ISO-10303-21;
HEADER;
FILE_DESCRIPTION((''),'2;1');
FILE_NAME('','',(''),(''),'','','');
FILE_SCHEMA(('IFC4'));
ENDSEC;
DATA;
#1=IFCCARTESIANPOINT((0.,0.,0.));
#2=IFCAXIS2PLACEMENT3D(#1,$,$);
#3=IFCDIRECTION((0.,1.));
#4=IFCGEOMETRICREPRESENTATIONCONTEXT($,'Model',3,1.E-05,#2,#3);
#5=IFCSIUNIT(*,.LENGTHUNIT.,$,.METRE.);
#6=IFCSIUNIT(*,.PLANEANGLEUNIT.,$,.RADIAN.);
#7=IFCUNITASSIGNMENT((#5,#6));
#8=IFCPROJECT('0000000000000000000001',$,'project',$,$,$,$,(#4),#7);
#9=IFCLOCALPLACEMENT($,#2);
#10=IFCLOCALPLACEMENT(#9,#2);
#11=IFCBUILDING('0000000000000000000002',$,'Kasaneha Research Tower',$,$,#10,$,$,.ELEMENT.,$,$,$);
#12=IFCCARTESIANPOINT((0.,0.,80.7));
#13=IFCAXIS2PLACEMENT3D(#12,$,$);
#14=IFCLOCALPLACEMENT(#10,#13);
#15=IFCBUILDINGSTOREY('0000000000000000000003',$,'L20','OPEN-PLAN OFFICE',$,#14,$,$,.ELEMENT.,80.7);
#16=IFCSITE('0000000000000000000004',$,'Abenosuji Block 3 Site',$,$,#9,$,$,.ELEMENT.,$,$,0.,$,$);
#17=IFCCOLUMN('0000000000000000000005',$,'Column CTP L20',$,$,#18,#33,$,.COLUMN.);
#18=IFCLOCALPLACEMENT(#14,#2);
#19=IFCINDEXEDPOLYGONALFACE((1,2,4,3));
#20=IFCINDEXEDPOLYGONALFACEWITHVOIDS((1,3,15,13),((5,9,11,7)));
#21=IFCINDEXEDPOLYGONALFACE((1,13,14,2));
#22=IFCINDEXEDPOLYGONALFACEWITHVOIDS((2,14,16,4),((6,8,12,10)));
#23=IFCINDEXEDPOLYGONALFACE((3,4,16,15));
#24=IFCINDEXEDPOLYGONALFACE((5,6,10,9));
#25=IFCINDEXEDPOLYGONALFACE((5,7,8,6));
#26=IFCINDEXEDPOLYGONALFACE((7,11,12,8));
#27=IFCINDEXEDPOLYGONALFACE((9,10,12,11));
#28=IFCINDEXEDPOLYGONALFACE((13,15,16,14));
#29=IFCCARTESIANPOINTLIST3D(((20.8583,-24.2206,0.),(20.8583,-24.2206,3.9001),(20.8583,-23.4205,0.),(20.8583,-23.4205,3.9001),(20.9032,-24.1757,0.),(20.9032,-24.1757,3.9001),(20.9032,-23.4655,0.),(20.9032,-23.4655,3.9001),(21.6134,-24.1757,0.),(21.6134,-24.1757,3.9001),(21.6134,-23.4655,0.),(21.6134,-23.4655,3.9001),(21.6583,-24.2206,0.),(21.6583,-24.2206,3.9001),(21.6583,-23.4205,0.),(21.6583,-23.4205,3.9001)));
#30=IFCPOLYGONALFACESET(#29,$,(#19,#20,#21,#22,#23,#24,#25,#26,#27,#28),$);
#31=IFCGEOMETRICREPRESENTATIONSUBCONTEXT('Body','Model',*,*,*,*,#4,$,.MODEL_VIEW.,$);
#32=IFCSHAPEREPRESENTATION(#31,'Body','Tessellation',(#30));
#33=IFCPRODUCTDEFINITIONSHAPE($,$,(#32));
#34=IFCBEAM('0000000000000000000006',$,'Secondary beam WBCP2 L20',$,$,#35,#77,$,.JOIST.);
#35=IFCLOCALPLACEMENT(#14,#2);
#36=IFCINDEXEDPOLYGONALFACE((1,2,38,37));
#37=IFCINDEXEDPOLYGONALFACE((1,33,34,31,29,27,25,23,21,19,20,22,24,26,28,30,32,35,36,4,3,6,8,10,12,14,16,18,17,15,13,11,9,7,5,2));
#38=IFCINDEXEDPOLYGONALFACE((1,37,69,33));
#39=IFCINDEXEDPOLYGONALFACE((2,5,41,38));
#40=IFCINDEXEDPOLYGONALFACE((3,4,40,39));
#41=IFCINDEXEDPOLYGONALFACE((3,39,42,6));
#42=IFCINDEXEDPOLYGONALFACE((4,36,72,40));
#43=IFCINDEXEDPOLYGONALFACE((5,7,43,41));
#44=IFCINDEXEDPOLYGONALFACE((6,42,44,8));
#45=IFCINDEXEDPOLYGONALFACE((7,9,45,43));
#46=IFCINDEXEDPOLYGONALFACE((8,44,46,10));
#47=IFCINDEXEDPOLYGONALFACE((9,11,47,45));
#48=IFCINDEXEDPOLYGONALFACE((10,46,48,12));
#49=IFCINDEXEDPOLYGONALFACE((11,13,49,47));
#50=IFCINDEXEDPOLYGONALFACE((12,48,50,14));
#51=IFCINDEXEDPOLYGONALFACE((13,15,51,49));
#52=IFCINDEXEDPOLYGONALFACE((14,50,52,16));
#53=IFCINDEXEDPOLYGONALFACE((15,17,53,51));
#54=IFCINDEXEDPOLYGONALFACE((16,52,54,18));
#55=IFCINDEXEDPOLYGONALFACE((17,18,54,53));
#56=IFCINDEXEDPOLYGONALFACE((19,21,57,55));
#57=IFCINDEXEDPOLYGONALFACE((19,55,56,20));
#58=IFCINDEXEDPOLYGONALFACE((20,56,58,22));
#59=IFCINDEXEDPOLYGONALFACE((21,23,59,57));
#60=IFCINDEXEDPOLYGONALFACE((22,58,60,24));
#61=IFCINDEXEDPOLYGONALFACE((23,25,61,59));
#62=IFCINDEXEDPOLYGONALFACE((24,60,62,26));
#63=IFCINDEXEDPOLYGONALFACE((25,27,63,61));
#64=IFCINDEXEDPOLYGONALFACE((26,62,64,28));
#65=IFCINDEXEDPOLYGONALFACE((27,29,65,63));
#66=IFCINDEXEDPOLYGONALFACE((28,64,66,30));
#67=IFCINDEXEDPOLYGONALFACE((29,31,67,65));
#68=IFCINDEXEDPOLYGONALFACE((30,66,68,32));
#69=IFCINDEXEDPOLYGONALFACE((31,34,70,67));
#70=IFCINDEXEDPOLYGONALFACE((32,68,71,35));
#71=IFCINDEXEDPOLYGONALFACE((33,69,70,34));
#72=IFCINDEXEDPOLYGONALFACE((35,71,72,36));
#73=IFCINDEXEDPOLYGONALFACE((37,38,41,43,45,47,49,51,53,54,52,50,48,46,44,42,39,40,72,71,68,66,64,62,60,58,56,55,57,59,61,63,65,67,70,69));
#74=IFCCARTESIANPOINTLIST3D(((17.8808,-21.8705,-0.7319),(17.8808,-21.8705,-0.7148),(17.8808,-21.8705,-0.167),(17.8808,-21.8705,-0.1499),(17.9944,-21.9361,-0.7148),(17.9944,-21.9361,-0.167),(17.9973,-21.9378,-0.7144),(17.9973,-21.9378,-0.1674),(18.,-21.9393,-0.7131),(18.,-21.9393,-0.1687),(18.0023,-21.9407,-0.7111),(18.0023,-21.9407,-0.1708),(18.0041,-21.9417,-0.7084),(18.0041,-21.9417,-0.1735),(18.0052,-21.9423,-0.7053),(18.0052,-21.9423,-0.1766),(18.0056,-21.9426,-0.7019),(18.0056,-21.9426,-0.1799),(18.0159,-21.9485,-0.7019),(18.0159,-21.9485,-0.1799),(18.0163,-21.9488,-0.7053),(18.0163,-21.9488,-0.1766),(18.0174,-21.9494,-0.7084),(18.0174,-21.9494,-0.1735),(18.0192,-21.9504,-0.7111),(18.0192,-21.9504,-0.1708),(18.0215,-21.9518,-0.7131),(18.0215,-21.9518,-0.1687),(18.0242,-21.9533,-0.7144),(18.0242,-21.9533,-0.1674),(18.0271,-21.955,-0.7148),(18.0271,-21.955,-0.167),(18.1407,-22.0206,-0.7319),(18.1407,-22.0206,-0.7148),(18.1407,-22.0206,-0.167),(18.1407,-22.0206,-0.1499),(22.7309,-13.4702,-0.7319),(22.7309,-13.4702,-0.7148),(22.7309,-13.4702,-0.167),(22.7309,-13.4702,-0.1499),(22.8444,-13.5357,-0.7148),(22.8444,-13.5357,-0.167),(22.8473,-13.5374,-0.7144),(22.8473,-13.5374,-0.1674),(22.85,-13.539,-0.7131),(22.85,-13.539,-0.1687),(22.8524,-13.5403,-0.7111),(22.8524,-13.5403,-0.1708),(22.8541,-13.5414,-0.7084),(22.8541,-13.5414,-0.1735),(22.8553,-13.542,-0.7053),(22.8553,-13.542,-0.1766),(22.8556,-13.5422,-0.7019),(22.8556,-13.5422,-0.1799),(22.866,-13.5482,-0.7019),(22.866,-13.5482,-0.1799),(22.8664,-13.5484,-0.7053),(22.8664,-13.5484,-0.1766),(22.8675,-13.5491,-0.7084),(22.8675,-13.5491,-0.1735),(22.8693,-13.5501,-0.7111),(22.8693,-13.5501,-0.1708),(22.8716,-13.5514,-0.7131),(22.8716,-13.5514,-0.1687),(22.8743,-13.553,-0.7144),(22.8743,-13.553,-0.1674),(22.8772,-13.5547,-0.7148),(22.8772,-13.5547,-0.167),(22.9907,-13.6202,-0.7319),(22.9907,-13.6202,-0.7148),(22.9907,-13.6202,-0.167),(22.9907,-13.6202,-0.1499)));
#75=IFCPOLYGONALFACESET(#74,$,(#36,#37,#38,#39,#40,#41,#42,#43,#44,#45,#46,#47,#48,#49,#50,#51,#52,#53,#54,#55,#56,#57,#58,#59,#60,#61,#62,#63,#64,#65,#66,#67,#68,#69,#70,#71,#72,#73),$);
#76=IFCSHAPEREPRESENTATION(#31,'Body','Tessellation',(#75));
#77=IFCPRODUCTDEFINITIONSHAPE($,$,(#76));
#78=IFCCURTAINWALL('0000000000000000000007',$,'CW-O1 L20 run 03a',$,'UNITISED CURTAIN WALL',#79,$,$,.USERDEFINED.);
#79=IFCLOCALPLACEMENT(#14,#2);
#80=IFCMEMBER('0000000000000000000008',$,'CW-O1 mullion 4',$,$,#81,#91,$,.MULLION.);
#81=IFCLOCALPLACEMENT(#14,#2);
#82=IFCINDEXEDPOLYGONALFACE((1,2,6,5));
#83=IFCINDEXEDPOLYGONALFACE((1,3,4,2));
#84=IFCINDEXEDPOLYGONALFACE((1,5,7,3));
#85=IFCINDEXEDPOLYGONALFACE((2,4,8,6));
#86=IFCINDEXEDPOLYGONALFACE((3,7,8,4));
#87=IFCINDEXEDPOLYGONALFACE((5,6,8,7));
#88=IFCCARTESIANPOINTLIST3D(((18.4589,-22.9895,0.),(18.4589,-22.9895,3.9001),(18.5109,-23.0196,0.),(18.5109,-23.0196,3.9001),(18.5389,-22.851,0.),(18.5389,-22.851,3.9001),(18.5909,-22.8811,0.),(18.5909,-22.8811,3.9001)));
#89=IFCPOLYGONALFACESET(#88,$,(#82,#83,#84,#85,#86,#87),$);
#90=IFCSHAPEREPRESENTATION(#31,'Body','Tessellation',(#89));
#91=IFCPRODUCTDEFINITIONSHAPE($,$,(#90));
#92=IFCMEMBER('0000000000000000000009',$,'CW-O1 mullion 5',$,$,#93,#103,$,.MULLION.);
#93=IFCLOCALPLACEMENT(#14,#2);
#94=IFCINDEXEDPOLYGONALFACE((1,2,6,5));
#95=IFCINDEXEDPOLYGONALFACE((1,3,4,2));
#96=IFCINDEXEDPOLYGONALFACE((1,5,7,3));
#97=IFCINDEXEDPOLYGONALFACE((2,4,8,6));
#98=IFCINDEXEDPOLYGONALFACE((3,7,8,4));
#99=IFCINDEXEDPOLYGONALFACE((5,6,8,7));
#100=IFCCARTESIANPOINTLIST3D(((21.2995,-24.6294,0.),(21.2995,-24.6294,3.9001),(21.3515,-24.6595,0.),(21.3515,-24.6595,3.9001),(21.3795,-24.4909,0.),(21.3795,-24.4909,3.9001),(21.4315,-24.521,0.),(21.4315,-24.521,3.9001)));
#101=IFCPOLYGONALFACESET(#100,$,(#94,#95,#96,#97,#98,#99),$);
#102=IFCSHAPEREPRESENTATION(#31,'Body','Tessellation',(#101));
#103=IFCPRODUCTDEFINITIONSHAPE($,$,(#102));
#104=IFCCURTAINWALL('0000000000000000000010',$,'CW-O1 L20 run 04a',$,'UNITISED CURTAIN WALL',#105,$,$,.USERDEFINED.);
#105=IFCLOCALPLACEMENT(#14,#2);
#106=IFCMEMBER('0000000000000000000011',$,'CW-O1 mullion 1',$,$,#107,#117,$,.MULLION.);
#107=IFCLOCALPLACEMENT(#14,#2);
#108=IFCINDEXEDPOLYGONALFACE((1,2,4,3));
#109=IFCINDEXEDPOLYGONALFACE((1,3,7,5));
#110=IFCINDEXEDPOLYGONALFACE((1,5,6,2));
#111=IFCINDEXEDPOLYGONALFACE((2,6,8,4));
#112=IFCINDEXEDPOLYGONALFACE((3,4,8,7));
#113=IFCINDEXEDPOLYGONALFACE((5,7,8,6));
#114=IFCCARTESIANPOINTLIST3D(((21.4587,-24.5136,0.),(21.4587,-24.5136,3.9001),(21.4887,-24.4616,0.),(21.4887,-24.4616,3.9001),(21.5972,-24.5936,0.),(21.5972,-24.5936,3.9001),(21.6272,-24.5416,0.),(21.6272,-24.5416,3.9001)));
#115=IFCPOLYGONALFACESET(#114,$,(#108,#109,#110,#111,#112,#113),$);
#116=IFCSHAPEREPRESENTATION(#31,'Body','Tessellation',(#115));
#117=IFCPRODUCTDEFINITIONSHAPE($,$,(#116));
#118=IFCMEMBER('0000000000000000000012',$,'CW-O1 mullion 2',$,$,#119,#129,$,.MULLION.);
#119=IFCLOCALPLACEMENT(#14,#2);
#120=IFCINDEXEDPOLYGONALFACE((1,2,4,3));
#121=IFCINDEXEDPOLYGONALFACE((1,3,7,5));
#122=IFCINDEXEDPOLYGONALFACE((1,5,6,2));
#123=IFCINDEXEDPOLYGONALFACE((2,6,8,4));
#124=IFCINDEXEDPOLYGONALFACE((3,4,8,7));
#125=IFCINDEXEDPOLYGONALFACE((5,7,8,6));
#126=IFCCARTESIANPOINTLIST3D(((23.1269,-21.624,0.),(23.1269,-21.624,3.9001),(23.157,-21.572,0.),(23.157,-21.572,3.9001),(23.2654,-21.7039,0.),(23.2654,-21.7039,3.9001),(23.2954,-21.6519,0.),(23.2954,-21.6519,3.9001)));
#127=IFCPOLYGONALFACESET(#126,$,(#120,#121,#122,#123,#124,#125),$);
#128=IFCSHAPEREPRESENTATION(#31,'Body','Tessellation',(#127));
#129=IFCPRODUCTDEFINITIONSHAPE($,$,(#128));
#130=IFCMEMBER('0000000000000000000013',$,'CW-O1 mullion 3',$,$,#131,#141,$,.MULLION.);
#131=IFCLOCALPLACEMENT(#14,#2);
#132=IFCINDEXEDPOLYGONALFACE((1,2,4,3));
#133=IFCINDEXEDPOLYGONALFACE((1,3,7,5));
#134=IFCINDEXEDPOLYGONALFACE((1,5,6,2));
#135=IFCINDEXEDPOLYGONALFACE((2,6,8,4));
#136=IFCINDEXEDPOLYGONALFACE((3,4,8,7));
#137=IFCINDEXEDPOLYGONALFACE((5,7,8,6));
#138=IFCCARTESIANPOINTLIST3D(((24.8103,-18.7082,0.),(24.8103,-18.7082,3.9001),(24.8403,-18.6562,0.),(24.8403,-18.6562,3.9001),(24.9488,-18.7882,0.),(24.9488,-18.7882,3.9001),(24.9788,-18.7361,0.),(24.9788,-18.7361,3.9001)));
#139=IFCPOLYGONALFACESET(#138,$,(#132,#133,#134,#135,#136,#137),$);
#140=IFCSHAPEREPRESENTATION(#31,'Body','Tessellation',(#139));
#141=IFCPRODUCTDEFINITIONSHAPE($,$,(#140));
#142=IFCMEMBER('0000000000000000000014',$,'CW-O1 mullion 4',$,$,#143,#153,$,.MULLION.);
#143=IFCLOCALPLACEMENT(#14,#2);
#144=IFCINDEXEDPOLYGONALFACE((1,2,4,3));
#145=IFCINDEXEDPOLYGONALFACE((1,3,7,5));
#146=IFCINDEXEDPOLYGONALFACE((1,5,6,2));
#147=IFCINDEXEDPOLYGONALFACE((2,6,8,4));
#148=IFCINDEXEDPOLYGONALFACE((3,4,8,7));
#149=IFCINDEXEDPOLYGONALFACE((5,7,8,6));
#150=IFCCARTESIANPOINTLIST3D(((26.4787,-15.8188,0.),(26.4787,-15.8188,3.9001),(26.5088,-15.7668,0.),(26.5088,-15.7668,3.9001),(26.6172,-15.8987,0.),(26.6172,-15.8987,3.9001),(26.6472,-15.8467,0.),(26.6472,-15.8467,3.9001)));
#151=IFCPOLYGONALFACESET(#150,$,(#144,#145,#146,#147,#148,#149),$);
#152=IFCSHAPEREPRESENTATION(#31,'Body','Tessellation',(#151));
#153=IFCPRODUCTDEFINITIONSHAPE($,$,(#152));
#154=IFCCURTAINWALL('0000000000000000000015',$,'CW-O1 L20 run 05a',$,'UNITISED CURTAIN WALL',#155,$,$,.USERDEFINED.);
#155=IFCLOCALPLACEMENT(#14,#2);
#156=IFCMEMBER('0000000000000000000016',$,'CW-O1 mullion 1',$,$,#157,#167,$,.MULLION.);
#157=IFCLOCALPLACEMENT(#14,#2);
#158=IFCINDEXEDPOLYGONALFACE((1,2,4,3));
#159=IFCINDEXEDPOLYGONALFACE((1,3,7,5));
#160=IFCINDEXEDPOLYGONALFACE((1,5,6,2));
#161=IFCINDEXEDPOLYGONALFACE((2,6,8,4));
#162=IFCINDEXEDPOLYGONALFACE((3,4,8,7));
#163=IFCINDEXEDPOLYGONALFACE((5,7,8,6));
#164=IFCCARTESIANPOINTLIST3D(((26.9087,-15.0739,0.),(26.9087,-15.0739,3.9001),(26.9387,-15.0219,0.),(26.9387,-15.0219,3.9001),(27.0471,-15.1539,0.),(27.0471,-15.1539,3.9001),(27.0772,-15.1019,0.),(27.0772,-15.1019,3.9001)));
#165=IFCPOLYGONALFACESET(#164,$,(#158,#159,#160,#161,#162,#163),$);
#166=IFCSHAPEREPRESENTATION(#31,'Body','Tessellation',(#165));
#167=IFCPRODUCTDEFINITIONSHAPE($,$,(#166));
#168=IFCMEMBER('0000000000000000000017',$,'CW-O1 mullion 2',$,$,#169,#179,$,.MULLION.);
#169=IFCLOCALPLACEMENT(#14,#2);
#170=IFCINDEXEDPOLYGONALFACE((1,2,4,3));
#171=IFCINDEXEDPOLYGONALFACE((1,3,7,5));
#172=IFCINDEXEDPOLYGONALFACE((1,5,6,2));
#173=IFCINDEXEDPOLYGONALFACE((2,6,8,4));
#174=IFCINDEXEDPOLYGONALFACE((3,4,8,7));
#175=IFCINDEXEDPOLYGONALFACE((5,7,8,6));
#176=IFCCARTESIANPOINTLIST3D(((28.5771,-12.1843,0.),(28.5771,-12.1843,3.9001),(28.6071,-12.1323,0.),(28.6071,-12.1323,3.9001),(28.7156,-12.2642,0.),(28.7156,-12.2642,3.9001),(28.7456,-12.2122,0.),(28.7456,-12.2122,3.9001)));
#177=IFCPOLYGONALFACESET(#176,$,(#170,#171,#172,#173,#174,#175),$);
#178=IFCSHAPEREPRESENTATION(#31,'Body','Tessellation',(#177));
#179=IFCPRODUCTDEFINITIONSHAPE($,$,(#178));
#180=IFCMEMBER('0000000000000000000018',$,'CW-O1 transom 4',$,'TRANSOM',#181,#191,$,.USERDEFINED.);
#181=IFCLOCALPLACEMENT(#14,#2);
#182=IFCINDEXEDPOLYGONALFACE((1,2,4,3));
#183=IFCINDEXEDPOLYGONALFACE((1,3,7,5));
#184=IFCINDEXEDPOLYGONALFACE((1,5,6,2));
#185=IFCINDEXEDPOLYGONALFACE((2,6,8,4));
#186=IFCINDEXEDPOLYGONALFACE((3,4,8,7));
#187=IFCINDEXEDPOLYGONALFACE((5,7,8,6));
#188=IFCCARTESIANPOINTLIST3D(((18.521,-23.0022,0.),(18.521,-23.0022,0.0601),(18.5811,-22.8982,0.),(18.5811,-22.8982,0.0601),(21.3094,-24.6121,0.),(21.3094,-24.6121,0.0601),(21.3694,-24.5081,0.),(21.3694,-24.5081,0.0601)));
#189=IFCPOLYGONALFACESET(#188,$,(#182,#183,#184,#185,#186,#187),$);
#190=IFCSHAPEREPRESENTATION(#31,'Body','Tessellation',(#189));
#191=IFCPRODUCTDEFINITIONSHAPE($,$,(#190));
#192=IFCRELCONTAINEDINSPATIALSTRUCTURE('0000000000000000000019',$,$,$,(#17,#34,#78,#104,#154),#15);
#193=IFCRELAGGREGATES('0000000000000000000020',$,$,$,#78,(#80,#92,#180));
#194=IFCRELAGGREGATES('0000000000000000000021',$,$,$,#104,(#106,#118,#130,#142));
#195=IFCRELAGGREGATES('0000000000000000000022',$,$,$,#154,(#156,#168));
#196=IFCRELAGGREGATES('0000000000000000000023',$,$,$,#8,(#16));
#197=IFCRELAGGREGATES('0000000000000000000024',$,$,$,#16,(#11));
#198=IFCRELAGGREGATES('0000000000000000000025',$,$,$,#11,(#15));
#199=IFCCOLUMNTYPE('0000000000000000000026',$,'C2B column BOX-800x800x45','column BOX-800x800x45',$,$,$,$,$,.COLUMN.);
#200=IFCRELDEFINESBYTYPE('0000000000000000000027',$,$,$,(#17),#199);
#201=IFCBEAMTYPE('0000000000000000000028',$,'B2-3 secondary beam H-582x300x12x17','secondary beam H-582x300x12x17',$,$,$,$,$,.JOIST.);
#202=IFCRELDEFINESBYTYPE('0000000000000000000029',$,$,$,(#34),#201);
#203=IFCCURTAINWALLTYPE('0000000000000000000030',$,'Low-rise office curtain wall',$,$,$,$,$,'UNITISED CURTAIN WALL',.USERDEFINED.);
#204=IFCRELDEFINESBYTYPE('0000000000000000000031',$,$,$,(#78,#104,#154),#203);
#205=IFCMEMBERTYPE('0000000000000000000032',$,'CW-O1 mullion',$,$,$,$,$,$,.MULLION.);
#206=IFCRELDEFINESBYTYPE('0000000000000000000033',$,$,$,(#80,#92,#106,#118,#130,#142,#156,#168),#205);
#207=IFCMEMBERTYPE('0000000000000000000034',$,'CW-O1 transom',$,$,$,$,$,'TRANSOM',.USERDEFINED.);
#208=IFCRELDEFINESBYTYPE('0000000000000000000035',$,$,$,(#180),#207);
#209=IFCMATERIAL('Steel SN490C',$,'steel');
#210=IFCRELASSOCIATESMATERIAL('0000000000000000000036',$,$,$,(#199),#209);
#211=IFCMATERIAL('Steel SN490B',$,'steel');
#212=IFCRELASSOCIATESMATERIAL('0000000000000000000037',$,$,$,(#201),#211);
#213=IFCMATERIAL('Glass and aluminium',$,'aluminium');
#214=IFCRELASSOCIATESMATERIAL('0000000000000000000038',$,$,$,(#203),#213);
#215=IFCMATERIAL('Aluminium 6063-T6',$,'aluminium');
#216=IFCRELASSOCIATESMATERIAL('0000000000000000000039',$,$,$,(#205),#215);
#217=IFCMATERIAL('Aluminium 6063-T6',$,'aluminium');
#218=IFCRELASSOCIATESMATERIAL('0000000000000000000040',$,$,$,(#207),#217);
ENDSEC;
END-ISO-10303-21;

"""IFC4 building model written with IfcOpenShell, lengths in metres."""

from ifc_helpers import new_model, si_unit, direction, frame, origin, origin_2d, place, context, subcontext, project, spatial, rectangle, hollow_rectangle, i_section, extrude, material, material_profile, profile_set, type_object, element, aggregate, save


model = new_model("IFC4")

# Units and contexts
model_context = context("Model", 3, precision=1e-05, world=origin(), true_north=direction((0.0, 1.0)))
body_context = subcontext(model_context, "Body", "Model", "MODEL_VIEW")
ifc_project = project(units=[si_unit("LENGTHUNIT", "METRE"), si_unit("PLANEANGLEUNIT", "RADIAN")], contexts=[model_context])

# Site, building, storey
site_placement = place(None, origin())
site = spatial("IfcSite", under=ifc_project, at=site_placement, Name="Abenosuji Block 3 Site", CompositionType="ELEMENT", RefElevation=0.0)
building_placement = place(site_placement, origin())
building = spatial("IfcBuilding", under=site, at=building_placement, Name="Kasaneha Research Tower", CompositionType="ELEMENT")
storey_placement = place(building_placement, frame((0.0, 0.0, 80.7)))
storey = spatial("IfcBuildingStorey", under=building, at=storey_placement, Name="L20", Description="OPEN-PLAN OFFICE", CompositionType="ELEMENT", Elevation=80.7)

# Column
ifc_material_1 = material(Name="Steel SN490C", Category="steel")
ifc_material_profile_1 = material_profile(ifc_material_1, hollow_rectangle(XDim=0.8, YDim=0.8, WallThickness=0.0449, at=origin_2d()), Name="BOX-800x800x45")
ifc_profile_set_1 = profile_set([ifc_material_profile_1], Name="Steel SN490C")
column_type = type_object("IfcColumnType", Name="C2B column BOX-800x800x45", Description="column BOX-800x800x45", PredefinedType="COLUMN", material=ifc_profile_set_1)
column_placement = place(storey_placement, frame((21.2583, -23.8206, 0.0), z_axis=(0.0, 0.0, 1.0), x_axis=(1.0, 0.0, 0.0)))
element("IfcColumn", 1, at=column_placement, inside=storey, type_object=column_type, Name="Column CTP L20", PredefinedType="COLUMN", context=body_context, shape_type="SweptSolid", body=[
    extrude(hollow_rectangle(XDim=0.8, YDim=0.8, WallThickness=0.0449, at=origin_2d()), origin(), (0.0, 0.0, 1.0), 3.9001),
])

# Beam
ifc_material_2 = material(Name="Steel SN490B", Category="steel")
ifc_material_profile_2 = material_profile(ifc_material_2, i_section(OverallWidth=0.3, OverallDepth=0.582, WebThickness=0.012, FlangeThickness=0.0171, FilletRadius=0.0129, at=origin_2d()), Name="H-582x300x12x17")
ifc_profile_set_2 = profile_set([ifc_material_profile_2], Name="Steel SN490B")
beam_type_1 = type_object("IfcBeamType", Name="B2-3 secondary beam H-582x300x12x17", Description="secondary beam H-582x300x12x17", PredefinedType="JOIST", material=ifc_profile_set_2)
beam_1_placement = place(storey_placement, frame((18.0107, -21.9456, -0.4409), z_axis=(0.50001, 0.86602, 0.0), x_axis=(-0.86602, 0.50001, 0.0)))
element("IfcBeam", 2, at=beam_1_placement, inside=storey, type_object=beam_type_1, Name="Secondary beam WBCP2 L20", PredefinedType="JOIST", context=body_context, shape_type="SweptSolid", body=[
    extrude(i_section(OverallWidth=0.3, OverallDepth=0.582, WebThickness=0.012, FlangeThickness=0.0171, FilletRadius=0.0129, at=origin_2d()), origin(), (0.0, 0.0, 1.0), 9.7),
])

# Curtain walls, members
ifc_material_3 = material(Name="Glass and aluminium", Category="aluminium")
curtain_wall_type = type_object("IfcCurtainWallType", Name="Low-rise office curtain wall", ElementType="UNITISED CURTAIN WALL", PredefinedType="USERDEFINED", material=ifc_material_3)
curtain_wall_1_placement = place(storey_placement, origin())
curtain_wall_1 = element("IfcCurtainWall", 3, at=curtain_wall_1_placement, inside=storey, type_object=curtain_wall_type, Name="CW-O1 L20 run 03a", ObjectType="UNITISED CURTAIN WALL", PredefinedType="USERDEFINED")
ifc_material_4 = material(Name="Aluminium 6063-T6", Category="aluminium")
ifc_material_profile_3 = material_profile(ifc_material_4, rectangle(XDim=0.0601, YDim=0.1599, at=origin_2d()), Name="CW-O1 mullion 60x160")
ifc_profile_set_3 = profile_set([ifc_material_profile_3], Name="Aluminium 6063-T6")
member_type_1 = type_object("IfcMemberType", Name="CW-O1 mullion", PredefinedType="MULLION", material=ifc_profile_set_3)
member_1_placement = place(storey_placement, frame((18.5249, -22.9353, 0.0), z_axis=(0.0, 0.0, 1.0), x_axis=(0.866025, -0.5, 0.0)))
member_1 = element("IfcMember", 4, at=member_1_placement, type_object=member_type_1, Name="CW-O1 mullion 4", PredefinedType="MULLION", context=body_context, shape_type="SweptSolid", body=[
    extrude(rectangle(XDim=0.0601, YDim=0.1599, at=origin_2d()), origin(), (0.0, 0.0, 1.0), 3.9001),
])
member_2_placement = place(storey_placement, frame((21.3655, -24.5752, 0.0), z_axis=(0.0, 0.0, 1.0), x_axis=(0.866025, -0.5, 0.0)))
member_2 = element("IfcMember", 5, at=member_2_placement, type_object=member_type_1, Name="CW-O1 mullion 5", PredefinedType="MULLION", context=body_context, shape_type="SweptSolid", body=[
    extrude(rectangle(XDim=0.0601, YDim=0.1599, at=origin_2d()), origin(), (0.0, 0.0, 1.0), 3.9001),
])
curtain_wall_2_placement = place(storey_placement, origin())
curtain_wall_2 = element("IfcCurtainWall", 6, at=curtain_wall_2_placement, inside=storey, type_object=curtain_wall_type, Name="CW-O1 L20 run 04a", ObjectType="UNITISED CURTAIN WALL", PredefinedType="USERDEFINED")
member_3_placement = place(storey_placement, frame((21.543, -24.5276, 0.0), z_axis=(0.0, 0.0, 1.0), x_axis=(0.5, 0.866025, 0.0)))
member_3 = element("IfcMember", 7, at=member_3_placement, type_object=member_type_1, Name="CW-O1 mullion 1", PredefinedType="MULLION", context=body_context, shape_type="SweptSolid", body=[
    extrude(rectangle(XDim=0.0601, YDim=0.1599, at=origin_2d()), origin(), (0.0, 0.0, 1.0), 3.9001),
])
member_4_placement = place(storey_placement, frame((23.2112, -21.6379, 0.0), z_axis=(0.0, 0.0, 1.0), x_axis=(0.5, 0.866025, 0.0)))
member_4 = element("IfcMember", 8, at=member_4_placement, type_object=member_type_1, Name="CW-O1 mullion 2", PredefinedType="MULLION", context=body_context, shape_type="SweptSolid", body=[
    extrude(rectangle(XDim=0.0601, YDim=0.1599, at=origin_2d()), origin(), (0.0, 0.0, 1.0), 3.9001),
])
member_5_placement = place(storey_placement, frame((24.8945, -18.7222, 0.0), z_axis=(0.0, 0.0, 1.0), x_axis=(0.5, 0.866025, 0.0)))
member_5 = element("IfcMember", 9, at=member_5_placement, type_object=member_type_1, Name="CW-O1 mullion 3", PredefinedType="MULLION", context=body_context, shape_type="SweptSolid", body=[
    extrude(rectangle(XDim=0.0601, YDim=0.1599, at=origin_2d()), origin(), (0.0, 0.0, 1.0), 3.9001),
])
member_6_placement = place(storey_placement, frame((26.563, -15.8328, 0.0), z_axis=(0.0, 0.0, 1.0), x_axis=(0.5, 0.866025, 0.0)))
member_6 = element("IfcMember", 10, at=member_6_placement, type_object=member_type_1, Name="CW-O1 mullion 4", PredefinedType="MULLION", context=body_context, shape_type="SweptSolid", body=[
    extrude(rectangle(XDim=0.0601, YDim=0.1599, at=origin_2d()), origin(), (0.0, 0.0, 1.0), 3.9001),
])
curtain_wall_3_placement = place(storey_placement, origin())
curtain_wall_3 = element("IfcCurtainWall", 11, at=curtain_wall_3_placement, inside=storey, type_object=curtain_wall_type, Name="CW-O1 L20 run 05a", ObjectType="UNITISED CURTAIN WALL", PredefinedType="USERDEFINED")
member_7_placement = place(storey_placement, frame((26.9929, -15.0879, 0.0), z_axis=(0.0, 0.0, 1.0), x_axis=(0.5, 0.866025, 0.0)))
member_7 = element("IfcMember", 12, at=member_7_placement, type_object=member_type_1, Name="CW-O1 mullion 1", PredefinedType="MULLION", context=body_context, shape_type="SweptSolid", body=[
    extrude(rectangle(XDim=0.0601, YDim=0.1599, at=origin_2d()), origin(), (0.0, 0.0, 1.0), 3.9001),
])
member_8_placement = place(storey_placement, frame((28.6614, -12.1982, 0.0), z_axis=(0.0, 0.0, 1.0), x_axis=(0.5, 0.866025, 0.0)))
member_8 = element("IfcMember", 13, at=member_8_placement, type_object=member_type_1, Name="CW-O1 mullion 2", PredefinedType="MULLION", context=body_context, shape_type="SweptSolid", body=[
    extrude(rectangle(XDim=0.0601, YDim=0.1599, at=origin_2d()), origin(), (0.0, 0.0, 1.0), 3.9001),
])

# Member
ifc_material_5 = material(Name="Aluminium 6063-T6", Category="aluminium")
ifc_material_profile_4 = material_profile(ifc_material_5, rectangle(XDim=0.1201, YDim=0.0601, at=origin_2d()), Name="CW-O1 transom 120x60")
ifc_profile_set_4 = profile_set([ifc_material_profile_4], Name="Aluminium 6063-T6")
member_type_2 = type_object("IfcMemberType", Name="CW-O1 transom", ElementType="TRANSOM", PredefinedType="USERDEFINED", material=ifc_profile_set_4)
member_9_placement = place(storey_placement, frame((18.551, -22.9502, 0.03), z_axis=(0.866023, -0.500005, 0.0), x_axis=(0.500005, 0.866023, 0.0)))
member_9 = element("IfcMember", 14, at=member_9_placement, type_object=member_type_2, Name="CW-O1 transom 4", ObjectType="TRANSOM", PredefinedType="USERDEFINED", context=body_context, shape_type="SweptSolid", body=[
    extrude(rectangle(XDim=0.1201, YDim=0.0601, at=origin_2d()), origin(), (0.0, 0.0, 1.0), 3.2197),
])

aggregate(curtain_wall_1, [member_1, member_2, member_9])
aggregate(curtain_wall_2, [member_3, member_4, member_5, member_6])
aggregate(curtain_wall_3, [member_7, member_8])

save(model, "model.ifc")
